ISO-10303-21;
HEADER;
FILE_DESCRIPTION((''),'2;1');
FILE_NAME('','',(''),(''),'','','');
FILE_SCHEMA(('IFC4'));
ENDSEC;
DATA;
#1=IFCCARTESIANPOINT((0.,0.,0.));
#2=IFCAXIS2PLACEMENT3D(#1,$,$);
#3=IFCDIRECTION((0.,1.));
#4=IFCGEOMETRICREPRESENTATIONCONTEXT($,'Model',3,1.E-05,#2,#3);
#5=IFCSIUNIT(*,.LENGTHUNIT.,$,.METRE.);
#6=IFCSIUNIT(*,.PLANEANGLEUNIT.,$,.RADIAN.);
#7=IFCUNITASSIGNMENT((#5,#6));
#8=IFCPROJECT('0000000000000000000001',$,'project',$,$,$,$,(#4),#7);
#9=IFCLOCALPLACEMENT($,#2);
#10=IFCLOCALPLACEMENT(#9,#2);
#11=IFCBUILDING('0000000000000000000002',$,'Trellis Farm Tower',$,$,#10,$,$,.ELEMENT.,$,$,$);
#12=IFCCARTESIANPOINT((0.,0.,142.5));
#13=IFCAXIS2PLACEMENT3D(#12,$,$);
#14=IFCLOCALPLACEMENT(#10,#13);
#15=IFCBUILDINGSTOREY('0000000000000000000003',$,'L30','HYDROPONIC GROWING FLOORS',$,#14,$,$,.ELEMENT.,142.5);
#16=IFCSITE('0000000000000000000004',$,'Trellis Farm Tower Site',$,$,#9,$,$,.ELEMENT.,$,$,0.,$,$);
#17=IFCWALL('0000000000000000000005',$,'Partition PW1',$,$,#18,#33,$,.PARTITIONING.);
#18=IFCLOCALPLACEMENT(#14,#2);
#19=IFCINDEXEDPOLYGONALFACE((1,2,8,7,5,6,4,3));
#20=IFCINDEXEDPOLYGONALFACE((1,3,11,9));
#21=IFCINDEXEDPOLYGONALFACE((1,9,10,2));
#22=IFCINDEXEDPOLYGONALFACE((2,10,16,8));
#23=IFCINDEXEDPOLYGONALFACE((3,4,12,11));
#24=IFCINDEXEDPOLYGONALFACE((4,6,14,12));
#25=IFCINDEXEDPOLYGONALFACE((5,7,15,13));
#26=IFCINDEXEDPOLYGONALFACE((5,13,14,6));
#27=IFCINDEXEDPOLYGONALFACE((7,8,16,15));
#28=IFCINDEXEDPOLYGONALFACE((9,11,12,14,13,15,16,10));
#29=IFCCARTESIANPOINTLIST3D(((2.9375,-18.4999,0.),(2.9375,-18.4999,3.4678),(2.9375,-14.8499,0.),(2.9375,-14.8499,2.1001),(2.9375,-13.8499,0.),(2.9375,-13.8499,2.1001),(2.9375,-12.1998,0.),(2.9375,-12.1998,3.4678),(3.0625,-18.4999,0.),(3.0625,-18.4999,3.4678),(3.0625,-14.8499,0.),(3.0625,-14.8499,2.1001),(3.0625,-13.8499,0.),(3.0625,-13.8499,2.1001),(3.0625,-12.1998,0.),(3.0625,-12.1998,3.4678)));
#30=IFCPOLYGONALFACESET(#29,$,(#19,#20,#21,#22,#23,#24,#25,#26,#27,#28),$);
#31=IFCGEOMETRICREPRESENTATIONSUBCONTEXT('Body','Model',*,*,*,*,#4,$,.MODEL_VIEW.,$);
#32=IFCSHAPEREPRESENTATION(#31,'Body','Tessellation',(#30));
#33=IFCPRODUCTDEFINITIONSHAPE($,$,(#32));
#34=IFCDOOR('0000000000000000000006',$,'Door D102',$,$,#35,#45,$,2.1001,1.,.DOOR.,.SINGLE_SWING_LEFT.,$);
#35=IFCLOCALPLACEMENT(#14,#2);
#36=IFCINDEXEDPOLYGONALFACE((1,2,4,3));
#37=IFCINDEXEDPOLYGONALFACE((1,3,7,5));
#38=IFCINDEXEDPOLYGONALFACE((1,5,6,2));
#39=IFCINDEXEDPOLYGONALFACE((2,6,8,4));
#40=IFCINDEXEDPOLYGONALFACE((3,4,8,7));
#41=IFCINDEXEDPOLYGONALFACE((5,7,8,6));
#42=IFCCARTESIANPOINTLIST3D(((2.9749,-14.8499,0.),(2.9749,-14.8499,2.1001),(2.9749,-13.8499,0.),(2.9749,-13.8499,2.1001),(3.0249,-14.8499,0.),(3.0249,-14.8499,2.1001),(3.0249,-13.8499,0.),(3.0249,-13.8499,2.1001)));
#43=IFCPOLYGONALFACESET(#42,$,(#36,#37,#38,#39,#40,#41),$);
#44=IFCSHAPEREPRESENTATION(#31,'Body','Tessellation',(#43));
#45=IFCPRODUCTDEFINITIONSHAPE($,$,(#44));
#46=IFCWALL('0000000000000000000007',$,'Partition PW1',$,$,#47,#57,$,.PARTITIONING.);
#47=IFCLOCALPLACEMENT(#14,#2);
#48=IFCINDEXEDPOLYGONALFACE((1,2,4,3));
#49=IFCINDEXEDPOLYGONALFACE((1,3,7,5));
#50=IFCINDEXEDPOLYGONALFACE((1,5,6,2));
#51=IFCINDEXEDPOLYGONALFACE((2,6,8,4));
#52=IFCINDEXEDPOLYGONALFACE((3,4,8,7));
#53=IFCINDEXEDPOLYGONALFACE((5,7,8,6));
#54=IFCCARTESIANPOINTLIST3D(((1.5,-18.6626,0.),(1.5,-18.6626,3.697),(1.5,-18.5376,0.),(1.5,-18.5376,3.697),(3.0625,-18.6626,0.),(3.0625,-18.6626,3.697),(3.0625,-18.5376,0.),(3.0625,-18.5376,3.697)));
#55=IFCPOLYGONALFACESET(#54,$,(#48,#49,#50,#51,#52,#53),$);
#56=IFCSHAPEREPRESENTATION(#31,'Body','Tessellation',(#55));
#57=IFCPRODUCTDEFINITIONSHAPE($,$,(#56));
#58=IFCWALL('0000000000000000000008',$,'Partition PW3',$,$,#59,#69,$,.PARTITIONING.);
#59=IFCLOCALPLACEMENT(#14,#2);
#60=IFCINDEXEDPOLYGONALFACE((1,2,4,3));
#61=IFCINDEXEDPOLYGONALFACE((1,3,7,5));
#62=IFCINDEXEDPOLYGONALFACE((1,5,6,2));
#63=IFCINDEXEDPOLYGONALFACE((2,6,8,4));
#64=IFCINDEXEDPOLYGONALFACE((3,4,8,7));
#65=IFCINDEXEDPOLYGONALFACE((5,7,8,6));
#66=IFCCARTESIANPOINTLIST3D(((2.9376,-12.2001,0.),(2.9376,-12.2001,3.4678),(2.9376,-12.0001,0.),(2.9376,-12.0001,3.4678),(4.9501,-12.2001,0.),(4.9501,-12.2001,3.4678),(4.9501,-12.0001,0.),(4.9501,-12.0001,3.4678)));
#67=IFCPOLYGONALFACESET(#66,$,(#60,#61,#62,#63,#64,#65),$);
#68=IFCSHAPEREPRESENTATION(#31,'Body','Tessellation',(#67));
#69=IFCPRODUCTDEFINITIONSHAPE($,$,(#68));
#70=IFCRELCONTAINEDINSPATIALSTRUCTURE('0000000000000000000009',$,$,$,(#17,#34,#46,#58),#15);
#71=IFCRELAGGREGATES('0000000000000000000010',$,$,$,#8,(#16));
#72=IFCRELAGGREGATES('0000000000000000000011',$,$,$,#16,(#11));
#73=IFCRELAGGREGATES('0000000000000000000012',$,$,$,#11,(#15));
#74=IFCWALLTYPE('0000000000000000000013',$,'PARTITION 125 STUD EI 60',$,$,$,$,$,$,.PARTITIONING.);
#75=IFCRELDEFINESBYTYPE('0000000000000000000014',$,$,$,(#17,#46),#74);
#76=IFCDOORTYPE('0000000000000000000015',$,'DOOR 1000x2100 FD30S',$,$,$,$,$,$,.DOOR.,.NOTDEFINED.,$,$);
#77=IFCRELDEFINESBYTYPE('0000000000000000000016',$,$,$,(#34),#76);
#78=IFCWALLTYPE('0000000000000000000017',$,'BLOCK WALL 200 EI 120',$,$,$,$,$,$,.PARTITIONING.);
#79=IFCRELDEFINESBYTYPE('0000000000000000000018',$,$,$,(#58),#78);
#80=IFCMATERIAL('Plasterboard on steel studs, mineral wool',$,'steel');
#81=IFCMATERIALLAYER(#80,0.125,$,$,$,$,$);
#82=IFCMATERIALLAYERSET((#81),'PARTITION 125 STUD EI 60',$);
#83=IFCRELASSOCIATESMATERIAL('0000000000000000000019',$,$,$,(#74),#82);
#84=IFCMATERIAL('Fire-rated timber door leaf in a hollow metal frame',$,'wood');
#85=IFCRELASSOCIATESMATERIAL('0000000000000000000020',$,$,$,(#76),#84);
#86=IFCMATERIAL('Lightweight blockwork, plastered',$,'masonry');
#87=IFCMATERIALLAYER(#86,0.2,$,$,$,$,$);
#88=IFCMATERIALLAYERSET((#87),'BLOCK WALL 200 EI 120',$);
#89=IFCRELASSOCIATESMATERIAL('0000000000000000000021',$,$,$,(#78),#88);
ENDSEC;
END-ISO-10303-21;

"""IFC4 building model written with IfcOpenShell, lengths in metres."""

from ifc_helpers import new_model, si_unit, direction, frame, frame_2d, origin, place, context, subcontext, project, spatial, rectangle, extrude, source, transform, mapped, material, layer, layer_set, type_object, element, fill, save


model = new_model("IFC4")

# Units and contexts
model_context = context("Model", 3, precision=1e-05, world=origin(), true_north=direction((0.0, 1.0)))
body_context = subcontext(model_context, "Body", "Model", "MODEL_VIEW")
ifc_project = project(units=[si_unit("LENGTHUNIT", "METRE"), si_unit("PLANEANGLEUNIT", "RADIAN")], contexts=[model_context])

# Site, building, storey
site_placement = place(None, origin())
site = spatial("IfcSite", under=ifc_project, at=site_placement, Name="Trellis Farm Tower Site", CompositionType="ELEMENT", RefElevation=0.0)
building_placement = place(site_placement, origin())
building = spatial("IfcBuilding", under=site, at=building_placement, Name="Trellis Farm Tower", CompositionType="ELEMENT")
storey_placement = place(building_placement, frame((0.0, 0.0, 142.5)))
storey = spatial("IfcBuildingStorey", under=building, at=storey_placement, Name="L30", Description="HYDROPONIC GROWING FLOORS", CompositionType="ELEMENT", Elevation=142.5)

# Wall, opening, door
ifc_material_1 = material(Name="Plasterboard on steel studs, mineral wool", Category="steel")
ifc_layer_1 = layer(ifc_material_1, 0.125)
ifc_layer_set_1 = layer_set([ifc_layer_1], Name="PARTITION 125 STUD EI 60")
wall_type_1 = type_object("IfcWallType", Name="PARTITION 125 STUD EI 60", PredefinedType="PARTITIONING", material=ifc_layer_set_1)
ifc_material_2 = material(Name="Fire-rated timber door leaf in a hollow metal frame", Category="wood")
shared_shape_1 = source(origin(), body_context, "Body", "SweptSolid", [
    extrude(rectangle(XDim=6.3, YDim=0.125, at=frame_2d((3.1499, 0.0))), origin(), (0.0, 0.0, 1.0), 3.4678),
])
wall_1_placement = place(storey_placement, frame((3.0, -12.2, 0.0), z_axis=(0.0, 0.0, 1.0), x_axis=(0.0, -1.0, 0.0)))
wall_1 = element("IfcWall", 1, at=wall_1_placement, inside=storey, type_object=wall_type_1, Name="Partition PW1", PredefinedType="PARTITIONING", context=body_context, shape_type="MappedRepresentation", body=[
    mapped(shared_shape_1, transform((0.0, 0.0, 0.0))),
])
shared_shape_2 = source(origin(), body_context, "Body", "SweptSolid", [
    extrude(rectangle(XDim=1.0, YDim=2.1001, at=frame_2d((0.5, 1.05))), frame((0.0, 0.0725, 0.0), z_axis=(0.0, -1.0, 0.0), x_axis=(1.0, 0.0, 0.0)), (0.0, 0.0, 1.0), 0.145),
])
opening_1_placement = place(wall_1_placement, frame((1.6499, 0.0, 0.0)))
opening_1 = element("IfcOpeningElement", 2, at=opening_1_placement, cuts=wall_1, PredefinedType="OPENING", context=body_context, shape_type="MappedRepresentation", body=[
    mapped(shared_shape_2, transform((0.0, 0.0, 0.0))),
])
door_type_1 = type_object("IfcDoorType", Name="DOOR 1000x2100 FD30S", OperationType="NOTDEFINED", PredefinedType="DOOR", material=ifc_material_2)
shared_shape_3 = source(origin(), body_context, "Body", "SweptSolid", [
    extrude(rectangle(XDim=1.0, YDim=2.1001, at=frame_2d((0.5, 1.05))), frame((0.0, 0.0249, 0.0), z_axis=(0.0, -1.0, 0.0), x_axis=(1.0, 0.0, 0.0)), (0.0, 0.0, 1.0), 0.05),
])
door_1_placement = place(opening_1_placement, origin())
door_1 = element("IfcDoor", 3, at=door_1_placement, inside=storey, type_object=door_type_1, Name="Door D102", OperationType="SINGLE_SWING_LEFT", OverallHeight=2.1001, OverallWidth=1.0, PredefinedType="DOOR", context=body_context, shape_type="MappedRepresentation", body=[
    mapped(shared_shape_3, transform((0.0, 0.0, 0.0))),
])
fill(opening_1, door_1)

# Walls
shared_shape_4 = source(origin(), body_context, "Body", "SweptSolid", [
    extrude(rectangle(XDim=1.5625, YDim=0.125, at=frame_2d((0.7812, 0.0))), origin(), (0.0, 0.0, 1.0), 3.697),
])
wall_2_placement = place(storey_placement, frame((3.0625, -18.6001, 0.0), z_axis=(0.0, 0.0, 1.0), x_axis=(-1.0, 0.0, 0.0)))
element("IfcWall", 4, at=wall_2_placement, inside=storey, type_object=wall_type_1, Name="Partition PW1", PredefinedType="PARTITIONING", context=body_context, shape_type="MappedRepresentation", body=[
    mapped(shared_shape_4, transform((0.0, 0.0, 0.0))),
])
ifc_material_3 = material(Name="Lightweight blockwork, plastered", Category="masonry")
ifc_layer_2 = layer(ifc_material_3, 0.2)
ifc_layer_set_2 = layer_set([ifc_layer_2], Name="BLOCK WALL 200 EI 120")
wall_type_2 = type_object("IfcWallType", Name="BLOCK WALL 200 EI 120", PredefinedType="PARTITIONING", material=ifc_layer_set_2)
shared_shape_5 = source(origin(), body_context, "Body", "SweptSolid", [
    extrude(rectangle(XDim=2.0125, YDim=0.2, at=frame_2d((1.0063, 0.0))), origin(), (0.0, 0.0, 1.0), 3.4678),
])
wall_3_placement = place(storey_placement, frame((2.9375, -12.1001, 0.0), z_axis=(0.0, 0.0, 1.0), x_axis=(1.0, 0.0, 0.0)))
element("IfcWall", 5, at=wall_3_placement, inside=storey, type_object=wall_type_2, Name="Partition PW3", PredefinedType="PARTITIONING", context=body_context, shape_type="MappedRepresentation", body=[
    mapped(shared_shape_5, transform((0.0, 0.0, 0.0))),
])

save(model, "model.ifc")
